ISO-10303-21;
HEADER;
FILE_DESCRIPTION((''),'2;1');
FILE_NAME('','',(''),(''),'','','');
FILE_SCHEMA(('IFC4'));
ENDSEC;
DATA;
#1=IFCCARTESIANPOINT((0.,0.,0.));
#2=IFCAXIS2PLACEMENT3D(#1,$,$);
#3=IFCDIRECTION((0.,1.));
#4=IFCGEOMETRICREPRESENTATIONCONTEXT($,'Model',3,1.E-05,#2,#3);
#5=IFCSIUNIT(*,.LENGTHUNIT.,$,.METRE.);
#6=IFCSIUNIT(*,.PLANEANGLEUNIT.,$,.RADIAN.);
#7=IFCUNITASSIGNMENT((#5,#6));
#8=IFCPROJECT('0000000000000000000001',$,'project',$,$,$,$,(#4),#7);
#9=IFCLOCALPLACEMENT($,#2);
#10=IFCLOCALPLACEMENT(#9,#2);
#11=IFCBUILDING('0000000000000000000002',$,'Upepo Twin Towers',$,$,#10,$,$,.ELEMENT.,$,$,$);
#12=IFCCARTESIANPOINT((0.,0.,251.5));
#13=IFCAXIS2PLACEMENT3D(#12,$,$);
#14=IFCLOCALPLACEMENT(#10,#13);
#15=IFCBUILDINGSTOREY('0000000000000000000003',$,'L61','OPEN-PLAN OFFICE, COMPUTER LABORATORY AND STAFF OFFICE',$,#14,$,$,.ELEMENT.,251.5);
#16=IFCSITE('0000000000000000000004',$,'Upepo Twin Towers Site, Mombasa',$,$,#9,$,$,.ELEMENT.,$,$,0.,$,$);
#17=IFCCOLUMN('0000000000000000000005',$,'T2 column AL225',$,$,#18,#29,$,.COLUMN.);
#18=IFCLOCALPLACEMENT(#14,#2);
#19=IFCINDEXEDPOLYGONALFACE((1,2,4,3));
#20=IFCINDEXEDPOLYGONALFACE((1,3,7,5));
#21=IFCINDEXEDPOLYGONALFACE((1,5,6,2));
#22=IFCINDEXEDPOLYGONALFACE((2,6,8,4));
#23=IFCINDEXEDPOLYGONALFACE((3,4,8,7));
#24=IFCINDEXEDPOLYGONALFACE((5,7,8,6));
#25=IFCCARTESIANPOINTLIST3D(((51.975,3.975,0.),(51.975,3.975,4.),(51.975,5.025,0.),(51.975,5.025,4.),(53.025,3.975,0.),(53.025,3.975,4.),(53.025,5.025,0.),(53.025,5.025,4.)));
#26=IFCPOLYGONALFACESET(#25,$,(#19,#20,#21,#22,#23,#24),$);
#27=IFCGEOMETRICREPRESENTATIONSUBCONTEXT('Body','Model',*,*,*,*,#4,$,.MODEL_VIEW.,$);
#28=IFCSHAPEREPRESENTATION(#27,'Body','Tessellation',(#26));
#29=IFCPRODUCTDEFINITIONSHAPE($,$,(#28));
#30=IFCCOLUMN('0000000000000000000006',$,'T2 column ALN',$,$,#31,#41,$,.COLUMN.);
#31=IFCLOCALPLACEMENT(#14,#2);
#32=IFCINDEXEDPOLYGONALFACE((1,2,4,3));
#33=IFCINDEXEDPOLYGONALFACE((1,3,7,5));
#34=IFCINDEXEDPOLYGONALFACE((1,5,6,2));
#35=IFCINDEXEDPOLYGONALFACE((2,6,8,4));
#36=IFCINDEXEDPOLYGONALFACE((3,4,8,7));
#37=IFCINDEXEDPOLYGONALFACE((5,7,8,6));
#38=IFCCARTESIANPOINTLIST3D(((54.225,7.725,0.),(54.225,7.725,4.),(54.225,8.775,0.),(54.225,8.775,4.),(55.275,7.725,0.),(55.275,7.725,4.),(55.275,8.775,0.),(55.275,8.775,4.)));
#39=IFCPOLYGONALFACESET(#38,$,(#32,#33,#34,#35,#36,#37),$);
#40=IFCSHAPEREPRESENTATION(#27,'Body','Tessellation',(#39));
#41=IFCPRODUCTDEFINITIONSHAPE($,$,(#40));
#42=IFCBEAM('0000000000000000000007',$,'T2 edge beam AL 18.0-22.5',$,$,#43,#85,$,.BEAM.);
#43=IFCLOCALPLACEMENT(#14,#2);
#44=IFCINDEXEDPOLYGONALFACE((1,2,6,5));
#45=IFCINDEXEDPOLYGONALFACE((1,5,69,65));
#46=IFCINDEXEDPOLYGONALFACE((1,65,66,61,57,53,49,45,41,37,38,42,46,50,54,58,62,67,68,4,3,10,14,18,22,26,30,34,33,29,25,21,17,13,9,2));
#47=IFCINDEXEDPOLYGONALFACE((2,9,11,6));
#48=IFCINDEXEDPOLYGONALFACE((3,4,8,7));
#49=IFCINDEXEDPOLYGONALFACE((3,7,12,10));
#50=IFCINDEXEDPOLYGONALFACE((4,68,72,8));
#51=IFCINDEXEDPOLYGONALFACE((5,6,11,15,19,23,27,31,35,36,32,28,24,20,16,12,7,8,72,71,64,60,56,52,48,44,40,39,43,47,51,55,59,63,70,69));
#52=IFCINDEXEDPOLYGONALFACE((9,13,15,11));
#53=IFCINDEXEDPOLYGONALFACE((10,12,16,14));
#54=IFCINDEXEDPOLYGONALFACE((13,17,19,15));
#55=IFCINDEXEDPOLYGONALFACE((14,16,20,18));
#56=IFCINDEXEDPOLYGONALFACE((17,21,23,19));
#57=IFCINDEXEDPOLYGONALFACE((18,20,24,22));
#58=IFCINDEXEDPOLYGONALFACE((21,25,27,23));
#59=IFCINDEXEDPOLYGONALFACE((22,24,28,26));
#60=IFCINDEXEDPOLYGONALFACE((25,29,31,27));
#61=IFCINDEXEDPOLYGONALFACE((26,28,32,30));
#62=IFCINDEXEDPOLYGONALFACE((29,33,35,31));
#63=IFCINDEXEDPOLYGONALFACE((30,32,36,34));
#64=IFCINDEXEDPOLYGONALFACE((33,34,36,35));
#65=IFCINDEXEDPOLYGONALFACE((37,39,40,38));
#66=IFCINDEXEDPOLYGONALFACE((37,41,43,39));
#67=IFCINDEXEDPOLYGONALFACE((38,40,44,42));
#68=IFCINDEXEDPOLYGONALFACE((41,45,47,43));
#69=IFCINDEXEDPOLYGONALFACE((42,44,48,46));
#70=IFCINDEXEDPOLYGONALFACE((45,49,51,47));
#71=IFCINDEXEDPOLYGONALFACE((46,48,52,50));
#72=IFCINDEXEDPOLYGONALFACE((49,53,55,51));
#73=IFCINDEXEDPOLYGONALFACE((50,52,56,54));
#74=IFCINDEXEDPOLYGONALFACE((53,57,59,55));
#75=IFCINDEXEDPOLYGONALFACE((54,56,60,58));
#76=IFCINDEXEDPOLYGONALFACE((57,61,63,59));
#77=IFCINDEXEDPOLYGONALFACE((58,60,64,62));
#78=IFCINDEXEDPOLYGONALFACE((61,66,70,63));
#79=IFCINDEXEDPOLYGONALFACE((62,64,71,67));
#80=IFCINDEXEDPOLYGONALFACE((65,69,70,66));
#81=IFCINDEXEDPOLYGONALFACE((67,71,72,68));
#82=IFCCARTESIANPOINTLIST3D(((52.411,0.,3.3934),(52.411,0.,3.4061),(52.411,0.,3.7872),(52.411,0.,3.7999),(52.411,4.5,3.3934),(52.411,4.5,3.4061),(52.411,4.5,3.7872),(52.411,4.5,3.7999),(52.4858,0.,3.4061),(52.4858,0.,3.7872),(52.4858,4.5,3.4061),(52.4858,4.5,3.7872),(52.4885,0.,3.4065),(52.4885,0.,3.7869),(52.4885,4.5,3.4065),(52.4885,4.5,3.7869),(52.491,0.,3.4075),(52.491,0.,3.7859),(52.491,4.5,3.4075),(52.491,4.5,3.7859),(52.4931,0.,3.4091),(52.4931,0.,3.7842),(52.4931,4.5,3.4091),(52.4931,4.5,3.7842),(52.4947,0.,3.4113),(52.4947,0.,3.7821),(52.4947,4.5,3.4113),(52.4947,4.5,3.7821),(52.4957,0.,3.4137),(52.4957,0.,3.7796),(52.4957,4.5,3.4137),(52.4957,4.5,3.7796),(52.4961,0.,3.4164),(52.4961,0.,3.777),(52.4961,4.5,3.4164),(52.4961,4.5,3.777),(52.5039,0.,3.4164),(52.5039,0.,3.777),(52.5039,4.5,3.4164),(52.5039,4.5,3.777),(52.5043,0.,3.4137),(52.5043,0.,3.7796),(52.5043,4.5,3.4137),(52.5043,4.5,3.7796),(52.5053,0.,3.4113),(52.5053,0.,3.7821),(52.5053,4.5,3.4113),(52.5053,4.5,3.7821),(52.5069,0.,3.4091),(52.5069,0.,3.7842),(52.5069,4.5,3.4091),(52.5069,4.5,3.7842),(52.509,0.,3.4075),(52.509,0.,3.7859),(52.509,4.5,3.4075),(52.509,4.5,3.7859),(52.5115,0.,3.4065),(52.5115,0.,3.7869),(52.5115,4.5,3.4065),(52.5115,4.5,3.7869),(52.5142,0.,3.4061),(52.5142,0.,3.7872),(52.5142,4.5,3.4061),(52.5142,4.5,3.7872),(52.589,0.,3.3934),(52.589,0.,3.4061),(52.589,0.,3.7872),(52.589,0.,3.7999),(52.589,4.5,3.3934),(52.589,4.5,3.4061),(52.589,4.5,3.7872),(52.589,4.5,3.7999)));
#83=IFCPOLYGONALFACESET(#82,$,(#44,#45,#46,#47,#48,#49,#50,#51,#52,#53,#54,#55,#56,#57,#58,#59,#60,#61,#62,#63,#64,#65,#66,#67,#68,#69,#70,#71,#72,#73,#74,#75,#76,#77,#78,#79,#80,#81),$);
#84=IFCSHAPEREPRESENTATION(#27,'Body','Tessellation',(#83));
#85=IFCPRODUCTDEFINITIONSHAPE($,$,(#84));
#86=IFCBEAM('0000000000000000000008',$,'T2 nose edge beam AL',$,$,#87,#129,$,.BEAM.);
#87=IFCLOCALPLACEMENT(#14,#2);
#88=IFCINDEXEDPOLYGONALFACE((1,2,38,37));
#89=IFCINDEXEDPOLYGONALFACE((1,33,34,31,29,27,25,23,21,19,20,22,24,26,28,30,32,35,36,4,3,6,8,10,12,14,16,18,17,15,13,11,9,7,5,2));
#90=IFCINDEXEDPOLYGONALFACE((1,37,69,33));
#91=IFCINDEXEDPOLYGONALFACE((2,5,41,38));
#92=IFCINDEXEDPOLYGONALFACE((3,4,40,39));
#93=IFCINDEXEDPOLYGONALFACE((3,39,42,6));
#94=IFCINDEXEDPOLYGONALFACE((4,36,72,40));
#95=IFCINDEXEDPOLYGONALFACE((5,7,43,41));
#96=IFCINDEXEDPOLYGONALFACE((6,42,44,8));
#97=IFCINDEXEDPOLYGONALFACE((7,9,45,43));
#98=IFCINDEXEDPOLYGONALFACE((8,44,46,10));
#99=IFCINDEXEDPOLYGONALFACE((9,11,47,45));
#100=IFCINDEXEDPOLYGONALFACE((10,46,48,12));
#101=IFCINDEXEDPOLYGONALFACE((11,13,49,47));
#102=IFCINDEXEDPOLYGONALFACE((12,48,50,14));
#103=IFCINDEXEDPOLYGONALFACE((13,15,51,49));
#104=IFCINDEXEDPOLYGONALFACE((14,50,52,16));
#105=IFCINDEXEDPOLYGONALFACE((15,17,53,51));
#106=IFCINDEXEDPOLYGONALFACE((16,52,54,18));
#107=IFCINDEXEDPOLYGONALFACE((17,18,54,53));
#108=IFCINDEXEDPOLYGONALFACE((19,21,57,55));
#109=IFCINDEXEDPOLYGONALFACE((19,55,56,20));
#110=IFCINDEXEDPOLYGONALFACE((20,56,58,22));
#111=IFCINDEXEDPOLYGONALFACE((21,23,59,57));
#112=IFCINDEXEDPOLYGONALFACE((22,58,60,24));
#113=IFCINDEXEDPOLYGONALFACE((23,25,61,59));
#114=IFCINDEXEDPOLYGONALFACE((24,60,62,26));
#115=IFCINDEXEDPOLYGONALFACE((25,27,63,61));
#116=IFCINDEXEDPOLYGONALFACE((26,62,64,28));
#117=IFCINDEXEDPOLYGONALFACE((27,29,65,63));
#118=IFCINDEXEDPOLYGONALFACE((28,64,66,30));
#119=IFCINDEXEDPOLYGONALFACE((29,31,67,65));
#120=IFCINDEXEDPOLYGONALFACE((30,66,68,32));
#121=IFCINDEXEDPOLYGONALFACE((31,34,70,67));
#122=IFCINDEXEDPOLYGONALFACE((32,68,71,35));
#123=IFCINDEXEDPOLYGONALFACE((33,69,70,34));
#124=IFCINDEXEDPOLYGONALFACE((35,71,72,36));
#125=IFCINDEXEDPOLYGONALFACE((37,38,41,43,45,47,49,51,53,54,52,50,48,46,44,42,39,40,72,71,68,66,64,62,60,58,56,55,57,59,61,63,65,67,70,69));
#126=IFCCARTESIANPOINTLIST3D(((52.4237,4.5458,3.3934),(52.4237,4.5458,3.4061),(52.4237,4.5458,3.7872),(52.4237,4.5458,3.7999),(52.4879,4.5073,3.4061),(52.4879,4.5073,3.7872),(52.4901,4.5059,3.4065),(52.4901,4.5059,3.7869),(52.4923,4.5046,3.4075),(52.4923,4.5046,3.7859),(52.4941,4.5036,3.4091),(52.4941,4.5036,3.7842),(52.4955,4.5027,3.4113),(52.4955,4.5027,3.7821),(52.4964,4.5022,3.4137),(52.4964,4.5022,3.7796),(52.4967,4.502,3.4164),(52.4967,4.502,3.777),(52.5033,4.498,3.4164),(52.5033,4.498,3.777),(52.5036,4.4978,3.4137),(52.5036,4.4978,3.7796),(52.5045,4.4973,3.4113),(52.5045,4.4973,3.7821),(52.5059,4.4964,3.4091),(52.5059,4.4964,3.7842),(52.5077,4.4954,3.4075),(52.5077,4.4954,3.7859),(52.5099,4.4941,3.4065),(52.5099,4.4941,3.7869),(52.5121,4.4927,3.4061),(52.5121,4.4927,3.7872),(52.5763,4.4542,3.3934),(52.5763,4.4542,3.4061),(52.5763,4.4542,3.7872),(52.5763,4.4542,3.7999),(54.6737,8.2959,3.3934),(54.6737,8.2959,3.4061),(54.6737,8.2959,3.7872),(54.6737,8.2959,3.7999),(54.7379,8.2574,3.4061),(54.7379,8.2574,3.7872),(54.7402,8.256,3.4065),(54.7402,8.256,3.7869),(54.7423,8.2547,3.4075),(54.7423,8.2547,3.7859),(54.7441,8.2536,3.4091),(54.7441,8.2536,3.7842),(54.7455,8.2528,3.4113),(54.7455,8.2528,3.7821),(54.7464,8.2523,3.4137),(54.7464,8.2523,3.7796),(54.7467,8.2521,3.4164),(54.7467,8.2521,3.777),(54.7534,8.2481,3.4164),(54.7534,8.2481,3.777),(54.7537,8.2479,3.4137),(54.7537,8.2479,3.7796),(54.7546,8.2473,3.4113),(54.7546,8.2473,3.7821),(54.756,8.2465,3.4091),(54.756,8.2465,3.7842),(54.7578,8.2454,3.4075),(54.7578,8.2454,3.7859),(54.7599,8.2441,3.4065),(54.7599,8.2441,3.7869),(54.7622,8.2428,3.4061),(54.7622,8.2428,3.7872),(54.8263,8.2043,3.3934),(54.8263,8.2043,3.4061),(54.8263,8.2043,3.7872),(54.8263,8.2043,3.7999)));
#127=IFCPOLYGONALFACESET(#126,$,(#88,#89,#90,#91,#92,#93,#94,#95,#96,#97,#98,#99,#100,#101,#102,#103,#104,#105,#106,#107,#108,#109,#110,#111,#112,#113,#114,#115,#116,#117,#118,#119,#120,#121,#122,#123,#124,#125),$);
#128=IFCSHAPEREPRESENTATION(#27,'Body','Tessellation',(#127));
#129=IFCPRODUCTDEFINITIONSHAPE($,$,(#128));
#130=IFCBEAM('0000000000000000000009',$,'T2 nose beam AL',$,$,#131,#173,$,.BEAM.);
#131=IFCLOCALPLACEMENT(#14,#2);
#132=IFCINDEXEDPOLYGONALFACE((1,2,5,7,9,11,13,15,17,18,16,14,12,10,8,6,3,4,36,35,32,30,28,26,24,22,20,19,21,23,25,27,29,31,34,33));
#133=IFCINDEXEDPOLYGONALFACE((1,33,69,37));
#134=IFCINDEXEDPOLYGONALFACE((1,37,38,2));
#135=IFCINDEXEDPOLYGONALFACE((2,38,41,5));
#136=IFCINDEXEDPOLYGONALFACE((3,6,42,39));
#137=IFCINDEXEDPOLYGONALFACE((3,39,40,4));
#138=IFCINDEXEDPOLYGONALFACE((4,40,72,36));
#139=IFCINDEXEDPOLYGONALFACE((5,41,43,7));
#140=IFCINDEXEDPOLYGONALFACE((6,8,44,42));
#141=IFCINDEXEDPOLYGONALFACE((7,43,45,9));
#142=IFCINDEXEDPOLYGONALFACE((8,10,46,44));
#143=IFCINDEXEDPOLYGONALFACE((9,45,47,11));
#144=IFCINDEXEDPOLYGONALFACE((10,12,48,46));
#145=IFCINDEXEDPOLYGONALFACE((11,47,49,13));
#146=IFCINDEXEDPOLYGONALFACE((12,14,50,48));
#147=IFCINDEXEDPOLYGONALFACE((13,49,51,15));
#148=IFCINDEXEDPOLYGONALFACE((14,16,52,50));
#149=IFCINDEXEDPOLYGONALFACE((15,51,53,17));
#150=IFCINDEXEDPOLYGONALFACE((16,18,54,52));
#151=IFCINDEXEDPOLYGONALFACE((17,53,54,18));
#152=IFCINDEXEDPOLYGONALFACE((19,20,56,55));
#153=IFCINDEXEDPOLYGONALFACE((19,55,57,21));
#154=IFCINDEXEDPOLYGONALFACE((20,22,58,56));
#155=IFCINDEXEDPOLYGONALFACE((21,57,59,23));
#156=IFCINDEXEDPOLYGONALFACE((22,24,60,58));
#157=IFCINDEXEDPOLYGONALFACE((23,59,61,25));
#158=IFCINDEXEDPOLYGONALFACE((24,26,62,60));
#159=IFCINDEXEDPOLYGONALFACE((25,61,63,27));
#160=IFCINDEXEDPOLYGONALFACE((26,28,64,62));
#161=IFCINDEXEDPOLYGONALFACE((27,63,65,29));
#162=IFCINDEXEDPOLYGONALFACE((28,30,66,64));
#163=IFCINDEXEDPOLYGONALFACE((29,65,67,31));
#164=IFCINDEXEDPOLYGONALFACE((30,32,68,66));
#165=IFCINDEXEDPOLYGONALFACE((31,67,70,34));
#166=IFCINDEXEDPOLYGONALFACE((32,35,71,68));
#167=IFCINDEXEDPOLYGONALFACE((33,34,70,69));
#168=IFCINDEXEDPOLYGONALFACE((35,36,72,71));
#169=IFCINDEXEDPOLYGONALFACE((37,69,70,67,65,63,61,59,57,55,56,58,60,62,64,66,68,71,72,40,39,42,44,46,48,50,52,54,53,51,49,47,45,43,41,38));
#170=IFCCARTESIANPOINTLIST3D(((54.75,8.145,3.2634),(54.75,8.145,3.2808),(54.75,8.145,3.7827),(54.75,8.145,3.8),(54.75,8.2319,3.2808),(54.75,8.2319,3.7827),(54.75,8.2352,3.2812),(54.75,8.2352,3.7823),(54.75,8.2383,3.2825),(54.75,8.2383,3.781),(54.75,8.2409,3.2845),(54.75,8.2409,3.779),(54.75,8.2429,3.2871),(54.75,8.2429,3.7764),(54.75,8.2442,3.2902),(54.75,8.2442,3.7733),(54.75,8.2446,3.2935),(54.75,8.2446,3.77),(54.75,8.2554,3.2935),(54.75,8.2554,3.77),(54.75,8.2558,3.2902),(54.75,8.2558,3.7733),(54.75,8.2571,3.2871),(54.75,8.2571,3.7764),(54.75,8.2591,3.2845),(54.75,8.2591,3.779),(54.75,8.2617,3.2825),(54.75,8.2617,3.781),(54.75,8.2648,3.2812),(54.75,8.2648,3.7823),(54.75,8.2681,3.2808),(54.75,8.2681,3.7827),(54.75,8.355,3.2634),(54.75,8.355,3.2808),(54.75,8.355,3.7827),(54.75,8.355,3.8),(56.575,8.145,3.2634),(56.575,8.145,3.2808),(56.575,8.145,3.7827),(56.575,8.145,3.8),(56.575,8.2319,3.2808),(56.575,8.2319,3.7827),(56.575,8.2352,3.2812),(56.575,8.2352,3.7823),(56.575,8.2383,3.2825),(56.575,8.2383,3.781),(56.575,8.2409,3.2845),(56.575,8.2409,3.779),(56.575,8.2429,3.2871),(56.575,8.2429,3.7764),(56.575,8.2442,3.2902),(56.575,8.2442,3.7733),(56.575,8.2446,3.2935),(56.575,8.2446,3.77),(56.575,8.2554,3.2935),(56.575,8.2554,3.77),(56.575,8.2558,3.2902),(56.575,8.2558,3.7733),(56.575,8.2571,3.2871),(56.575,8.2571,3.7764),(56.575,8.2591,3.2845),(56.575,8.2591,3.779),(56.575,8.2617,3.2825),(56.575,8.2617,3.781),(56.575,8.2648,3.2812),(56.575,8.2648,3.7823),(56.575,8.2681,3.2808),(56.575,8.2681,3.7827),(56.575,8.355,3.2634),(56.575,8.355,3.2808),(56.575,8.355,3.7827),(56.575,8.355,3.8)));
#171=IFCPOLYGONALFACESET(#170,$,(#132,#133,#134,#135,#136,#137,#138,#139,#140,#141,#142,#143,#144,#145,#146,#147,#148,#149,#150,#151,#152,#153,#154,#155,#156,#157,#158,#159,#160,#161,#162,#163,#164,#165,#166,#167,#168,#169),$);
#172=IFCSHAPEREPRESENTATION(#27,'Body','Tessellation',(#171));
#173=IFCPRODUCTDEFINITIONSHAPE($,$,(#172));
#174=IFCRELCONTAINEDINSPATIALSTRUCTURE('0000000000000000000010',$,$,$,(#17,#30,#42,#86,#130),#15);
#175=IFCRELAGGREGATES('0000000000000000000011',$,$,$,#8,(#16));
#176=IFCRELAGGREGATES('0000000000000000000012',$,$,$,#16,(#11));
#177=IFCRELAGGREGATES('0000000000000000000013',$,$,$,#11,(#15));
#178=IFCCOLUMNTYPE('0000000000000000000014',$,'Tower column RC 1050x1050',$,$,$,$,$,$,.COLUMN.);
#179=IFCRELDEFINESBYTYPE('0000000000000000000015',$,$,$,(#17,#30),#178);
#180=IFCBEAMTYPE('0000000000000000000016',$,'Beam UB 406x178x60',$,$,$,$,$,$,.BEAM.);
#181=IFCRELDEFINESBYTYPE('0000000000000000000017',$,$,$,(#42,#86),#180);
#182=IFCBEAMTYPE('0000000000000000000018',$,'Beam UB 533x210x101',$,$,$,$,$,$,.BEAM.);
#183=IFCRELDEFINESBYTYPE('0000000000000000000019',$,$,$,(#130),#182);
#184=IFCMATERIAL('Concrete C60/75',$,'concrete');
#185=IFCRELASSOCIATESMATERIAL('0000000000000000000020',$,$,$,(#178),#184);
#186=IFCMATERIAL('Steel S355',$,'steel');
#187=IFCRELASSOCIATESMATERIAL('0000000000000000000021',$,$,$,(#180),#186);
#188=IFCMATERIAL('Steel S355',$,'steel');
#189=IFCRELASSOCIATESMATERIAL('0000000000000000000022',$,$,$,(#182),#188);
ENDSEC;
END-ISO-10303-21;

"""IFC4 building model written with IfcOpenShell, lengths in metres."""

from ifc_helpers import new_model, si_unit, direction, frame, origin, origin_2d, place, context, subcontext, project, spatial, rectangle, i_section, extrude, material, material_profile, profile_set, type_object, element, save


model = new_model("IFC4")

# Units and contexts
model_context = context("Model", 3, precision=1e-05, world=origin(), true_north=direction((0.0, 1.0)))
body_context = subcontext(model_context, "Body", "Model", "MODEL_VIEW")
ifc_project = project(units=[si_unit("LENGTHUNIT", "METRE"), si_unit("PLANEANGLEUNIT", "RADIAN")], contexts=[model_context])

# Site, building, storey
site_placement = place(None, origin())
site = spatial("IfcSite", under=ifc_project, at=site_placement, Name="Upepo Twin Towers Site, Mombasa", CompositionType="ELEMENT", RefElevation=0.0)
building_placement = place(site_placement, origin())
building = spatial("IfcBuilding", under=site, at=building_placement, Name="Upepo Twin Towers", CompositionType="ELEMENT")
storey_placement = place(building_placement, frame((0.0, 0.0, 251.5)))
storey = spatial("IfcBuildingStorey", under=building, at=storey_placement, Name="L61", Description="OPEN-PLAN OFFICE, COMPUTER LABORATORY AND STAFF OFFICE", CompositionType="ELEMENT", Elevation=251.5)

# Columns
ifc_material_1 = material(Name="Concrete C60/75", Category="concrete")
ifc_material_profile_1 = material_profile(ifc_material_1, rectangle(XDim=1.05, YDim=1.05, at=origin_2d()), Name="RC 1050x1050")
ifc_profile_set_1 = profile_set([ifc_material_profile_1], Name="Concrete C60/75")
column_type = type_object("IfcColumnType", Name="Tower column RC 1050x1050", PredefinedType="COLUMN", material=ifc_profile_set_1)
for number, where, z_axis, x_axis, name in (
    (1, (52.5, 4.5, 0.0), (0.0, 0.0, 1.0), (1.0, 0.0, 0.0), "T2 column AL225"),
    (2, (54.75, 8.25, 0.0), (0.0, 0.0, 1.0), (1.0, 0.0, 0.0), "T2 column ALN"),
):
    element("IfcColumn", number, at=place(storey_placement, frame(where, z_axis=z_axis, x_axis=x_axis)), inside=storey, type_object=column_type, Name=name, PredefinedType="COLUMN", context=body_context, shape_type="SweptSolid", body=[
        extrude(rectangle(XDim=1.05, YDim=1.05, at=origin_2d()), origin(), (0.0, 0.0, 1.0), 4.0),
    ])

# Beams
ifc_material_2 = material(Name="Steel S355", Category="steel")
ifc_material_profile_2 = material_profile(ifc_material_2, i_section(OverallWidth=0.178, OverallDepth=0.4065, WebThickness=0.0078, FlangeThickness=0.0127, FilletRadius=0.0103, at=origin_2d()), Name="UB 406x178x60")
ifc_profile_set_2 = profile_set([ifc_material_profile_2], Name="Steel S355")
beam_type_1 = type_object("IfcBeamType", Name="Beam UB 406x178x60", PredefinedType="BEAM", material=ifc_profile_set_2)
beam_1_placement = place(storey_placement, frame((52.5, 0.0, 3.5967), z_axis=(0.0, 1.0, 0.0), x_axis=(-1.0, 0.0, 0.0)))
element("IfcBeam", 3, at=beam_1_placement, inside=storey, type_object=beam_type_1, Name="T2 edge beam AL 18.0-22.5", PredefinedType="BEAM", context=body_context, shape_type="SweptSolid", body=[
    extrude(i_section(OverallWidth=0.178, OverallDepth=0.4065, WebThickness=0.0078, FlangeThickness=0.0127, FilletRadius=0.0103, at=origin_2d()), origin(), (0.0, 0.0, 1.0), 4.5),
])
beam_2_placement = place(storey_placement, frame((52.5, 4.5, 3.5967), z_axis=(0.514496, 0.857493, 0.0), x_axis=(-0.857493, 0.514496, 0.0)))
element("IfcBeam", 4, at=beam_2_placement, inside=storey, type_object=beam_type_1, Name="T2 nose edge beam AL", PredefinedType="BEAM", context=body_context, shape_type="SweptSolid", body=[
    extrude(i_section(OverallWidth=0.178, OverallDepth=0.4065, WebThickness=0.0078, FlangeThickness=0.0127, FilletRadius=0.0103, at=origin_2d()), origin(), (0.0, 0.0, 1.0), 4.3733),
])
ifc_material_3 = material(Name="Steel S355", Category="steel")
ifc_material_profile_3 = material_profile(ifc_material_3, i_section(OverallWidth=0.21, OverallDepth=0.5366, WebThickness=0.0107, FlangeThickness=0.0173, FilletRadius=0.0127, at=origin_2d()), Name="UB 533x210x101")
ifc_profile_set_3 = profile_set([ifc_material_profile_3], Name="Steel S355")
beam_type_2 = type_object("IfcBeamType", Name="Beam UB 533x210x101", PredefinedType="BEAM", material=ifc_profile_set_3)
beam_3_placement = place(storey_placement, frame((54.75, 8.25, 3.5317), z_axis=(1.0, 0.0, 0.0), x_axis=(0.0, 1.0, 0.0)))
element("IfcBeam", 5, at=beam_3_placement, inside=storey, type_object=beam_type_2, Name="T2 nose beam AL", PredefinedType="BEAM", context=body_context, shape_type="SweptSolid", body=[
    extrude(i_section(OverallWidth=0.21, OverallDepth=0.5366, WebThickness=0.0107, FlangeThickness=0.0173, FilletRadius=0.0127, at=origin_2d()), origin(), (0.0, 0.0, 1.0), 1.825),
])

save(model, "model.ifc")
